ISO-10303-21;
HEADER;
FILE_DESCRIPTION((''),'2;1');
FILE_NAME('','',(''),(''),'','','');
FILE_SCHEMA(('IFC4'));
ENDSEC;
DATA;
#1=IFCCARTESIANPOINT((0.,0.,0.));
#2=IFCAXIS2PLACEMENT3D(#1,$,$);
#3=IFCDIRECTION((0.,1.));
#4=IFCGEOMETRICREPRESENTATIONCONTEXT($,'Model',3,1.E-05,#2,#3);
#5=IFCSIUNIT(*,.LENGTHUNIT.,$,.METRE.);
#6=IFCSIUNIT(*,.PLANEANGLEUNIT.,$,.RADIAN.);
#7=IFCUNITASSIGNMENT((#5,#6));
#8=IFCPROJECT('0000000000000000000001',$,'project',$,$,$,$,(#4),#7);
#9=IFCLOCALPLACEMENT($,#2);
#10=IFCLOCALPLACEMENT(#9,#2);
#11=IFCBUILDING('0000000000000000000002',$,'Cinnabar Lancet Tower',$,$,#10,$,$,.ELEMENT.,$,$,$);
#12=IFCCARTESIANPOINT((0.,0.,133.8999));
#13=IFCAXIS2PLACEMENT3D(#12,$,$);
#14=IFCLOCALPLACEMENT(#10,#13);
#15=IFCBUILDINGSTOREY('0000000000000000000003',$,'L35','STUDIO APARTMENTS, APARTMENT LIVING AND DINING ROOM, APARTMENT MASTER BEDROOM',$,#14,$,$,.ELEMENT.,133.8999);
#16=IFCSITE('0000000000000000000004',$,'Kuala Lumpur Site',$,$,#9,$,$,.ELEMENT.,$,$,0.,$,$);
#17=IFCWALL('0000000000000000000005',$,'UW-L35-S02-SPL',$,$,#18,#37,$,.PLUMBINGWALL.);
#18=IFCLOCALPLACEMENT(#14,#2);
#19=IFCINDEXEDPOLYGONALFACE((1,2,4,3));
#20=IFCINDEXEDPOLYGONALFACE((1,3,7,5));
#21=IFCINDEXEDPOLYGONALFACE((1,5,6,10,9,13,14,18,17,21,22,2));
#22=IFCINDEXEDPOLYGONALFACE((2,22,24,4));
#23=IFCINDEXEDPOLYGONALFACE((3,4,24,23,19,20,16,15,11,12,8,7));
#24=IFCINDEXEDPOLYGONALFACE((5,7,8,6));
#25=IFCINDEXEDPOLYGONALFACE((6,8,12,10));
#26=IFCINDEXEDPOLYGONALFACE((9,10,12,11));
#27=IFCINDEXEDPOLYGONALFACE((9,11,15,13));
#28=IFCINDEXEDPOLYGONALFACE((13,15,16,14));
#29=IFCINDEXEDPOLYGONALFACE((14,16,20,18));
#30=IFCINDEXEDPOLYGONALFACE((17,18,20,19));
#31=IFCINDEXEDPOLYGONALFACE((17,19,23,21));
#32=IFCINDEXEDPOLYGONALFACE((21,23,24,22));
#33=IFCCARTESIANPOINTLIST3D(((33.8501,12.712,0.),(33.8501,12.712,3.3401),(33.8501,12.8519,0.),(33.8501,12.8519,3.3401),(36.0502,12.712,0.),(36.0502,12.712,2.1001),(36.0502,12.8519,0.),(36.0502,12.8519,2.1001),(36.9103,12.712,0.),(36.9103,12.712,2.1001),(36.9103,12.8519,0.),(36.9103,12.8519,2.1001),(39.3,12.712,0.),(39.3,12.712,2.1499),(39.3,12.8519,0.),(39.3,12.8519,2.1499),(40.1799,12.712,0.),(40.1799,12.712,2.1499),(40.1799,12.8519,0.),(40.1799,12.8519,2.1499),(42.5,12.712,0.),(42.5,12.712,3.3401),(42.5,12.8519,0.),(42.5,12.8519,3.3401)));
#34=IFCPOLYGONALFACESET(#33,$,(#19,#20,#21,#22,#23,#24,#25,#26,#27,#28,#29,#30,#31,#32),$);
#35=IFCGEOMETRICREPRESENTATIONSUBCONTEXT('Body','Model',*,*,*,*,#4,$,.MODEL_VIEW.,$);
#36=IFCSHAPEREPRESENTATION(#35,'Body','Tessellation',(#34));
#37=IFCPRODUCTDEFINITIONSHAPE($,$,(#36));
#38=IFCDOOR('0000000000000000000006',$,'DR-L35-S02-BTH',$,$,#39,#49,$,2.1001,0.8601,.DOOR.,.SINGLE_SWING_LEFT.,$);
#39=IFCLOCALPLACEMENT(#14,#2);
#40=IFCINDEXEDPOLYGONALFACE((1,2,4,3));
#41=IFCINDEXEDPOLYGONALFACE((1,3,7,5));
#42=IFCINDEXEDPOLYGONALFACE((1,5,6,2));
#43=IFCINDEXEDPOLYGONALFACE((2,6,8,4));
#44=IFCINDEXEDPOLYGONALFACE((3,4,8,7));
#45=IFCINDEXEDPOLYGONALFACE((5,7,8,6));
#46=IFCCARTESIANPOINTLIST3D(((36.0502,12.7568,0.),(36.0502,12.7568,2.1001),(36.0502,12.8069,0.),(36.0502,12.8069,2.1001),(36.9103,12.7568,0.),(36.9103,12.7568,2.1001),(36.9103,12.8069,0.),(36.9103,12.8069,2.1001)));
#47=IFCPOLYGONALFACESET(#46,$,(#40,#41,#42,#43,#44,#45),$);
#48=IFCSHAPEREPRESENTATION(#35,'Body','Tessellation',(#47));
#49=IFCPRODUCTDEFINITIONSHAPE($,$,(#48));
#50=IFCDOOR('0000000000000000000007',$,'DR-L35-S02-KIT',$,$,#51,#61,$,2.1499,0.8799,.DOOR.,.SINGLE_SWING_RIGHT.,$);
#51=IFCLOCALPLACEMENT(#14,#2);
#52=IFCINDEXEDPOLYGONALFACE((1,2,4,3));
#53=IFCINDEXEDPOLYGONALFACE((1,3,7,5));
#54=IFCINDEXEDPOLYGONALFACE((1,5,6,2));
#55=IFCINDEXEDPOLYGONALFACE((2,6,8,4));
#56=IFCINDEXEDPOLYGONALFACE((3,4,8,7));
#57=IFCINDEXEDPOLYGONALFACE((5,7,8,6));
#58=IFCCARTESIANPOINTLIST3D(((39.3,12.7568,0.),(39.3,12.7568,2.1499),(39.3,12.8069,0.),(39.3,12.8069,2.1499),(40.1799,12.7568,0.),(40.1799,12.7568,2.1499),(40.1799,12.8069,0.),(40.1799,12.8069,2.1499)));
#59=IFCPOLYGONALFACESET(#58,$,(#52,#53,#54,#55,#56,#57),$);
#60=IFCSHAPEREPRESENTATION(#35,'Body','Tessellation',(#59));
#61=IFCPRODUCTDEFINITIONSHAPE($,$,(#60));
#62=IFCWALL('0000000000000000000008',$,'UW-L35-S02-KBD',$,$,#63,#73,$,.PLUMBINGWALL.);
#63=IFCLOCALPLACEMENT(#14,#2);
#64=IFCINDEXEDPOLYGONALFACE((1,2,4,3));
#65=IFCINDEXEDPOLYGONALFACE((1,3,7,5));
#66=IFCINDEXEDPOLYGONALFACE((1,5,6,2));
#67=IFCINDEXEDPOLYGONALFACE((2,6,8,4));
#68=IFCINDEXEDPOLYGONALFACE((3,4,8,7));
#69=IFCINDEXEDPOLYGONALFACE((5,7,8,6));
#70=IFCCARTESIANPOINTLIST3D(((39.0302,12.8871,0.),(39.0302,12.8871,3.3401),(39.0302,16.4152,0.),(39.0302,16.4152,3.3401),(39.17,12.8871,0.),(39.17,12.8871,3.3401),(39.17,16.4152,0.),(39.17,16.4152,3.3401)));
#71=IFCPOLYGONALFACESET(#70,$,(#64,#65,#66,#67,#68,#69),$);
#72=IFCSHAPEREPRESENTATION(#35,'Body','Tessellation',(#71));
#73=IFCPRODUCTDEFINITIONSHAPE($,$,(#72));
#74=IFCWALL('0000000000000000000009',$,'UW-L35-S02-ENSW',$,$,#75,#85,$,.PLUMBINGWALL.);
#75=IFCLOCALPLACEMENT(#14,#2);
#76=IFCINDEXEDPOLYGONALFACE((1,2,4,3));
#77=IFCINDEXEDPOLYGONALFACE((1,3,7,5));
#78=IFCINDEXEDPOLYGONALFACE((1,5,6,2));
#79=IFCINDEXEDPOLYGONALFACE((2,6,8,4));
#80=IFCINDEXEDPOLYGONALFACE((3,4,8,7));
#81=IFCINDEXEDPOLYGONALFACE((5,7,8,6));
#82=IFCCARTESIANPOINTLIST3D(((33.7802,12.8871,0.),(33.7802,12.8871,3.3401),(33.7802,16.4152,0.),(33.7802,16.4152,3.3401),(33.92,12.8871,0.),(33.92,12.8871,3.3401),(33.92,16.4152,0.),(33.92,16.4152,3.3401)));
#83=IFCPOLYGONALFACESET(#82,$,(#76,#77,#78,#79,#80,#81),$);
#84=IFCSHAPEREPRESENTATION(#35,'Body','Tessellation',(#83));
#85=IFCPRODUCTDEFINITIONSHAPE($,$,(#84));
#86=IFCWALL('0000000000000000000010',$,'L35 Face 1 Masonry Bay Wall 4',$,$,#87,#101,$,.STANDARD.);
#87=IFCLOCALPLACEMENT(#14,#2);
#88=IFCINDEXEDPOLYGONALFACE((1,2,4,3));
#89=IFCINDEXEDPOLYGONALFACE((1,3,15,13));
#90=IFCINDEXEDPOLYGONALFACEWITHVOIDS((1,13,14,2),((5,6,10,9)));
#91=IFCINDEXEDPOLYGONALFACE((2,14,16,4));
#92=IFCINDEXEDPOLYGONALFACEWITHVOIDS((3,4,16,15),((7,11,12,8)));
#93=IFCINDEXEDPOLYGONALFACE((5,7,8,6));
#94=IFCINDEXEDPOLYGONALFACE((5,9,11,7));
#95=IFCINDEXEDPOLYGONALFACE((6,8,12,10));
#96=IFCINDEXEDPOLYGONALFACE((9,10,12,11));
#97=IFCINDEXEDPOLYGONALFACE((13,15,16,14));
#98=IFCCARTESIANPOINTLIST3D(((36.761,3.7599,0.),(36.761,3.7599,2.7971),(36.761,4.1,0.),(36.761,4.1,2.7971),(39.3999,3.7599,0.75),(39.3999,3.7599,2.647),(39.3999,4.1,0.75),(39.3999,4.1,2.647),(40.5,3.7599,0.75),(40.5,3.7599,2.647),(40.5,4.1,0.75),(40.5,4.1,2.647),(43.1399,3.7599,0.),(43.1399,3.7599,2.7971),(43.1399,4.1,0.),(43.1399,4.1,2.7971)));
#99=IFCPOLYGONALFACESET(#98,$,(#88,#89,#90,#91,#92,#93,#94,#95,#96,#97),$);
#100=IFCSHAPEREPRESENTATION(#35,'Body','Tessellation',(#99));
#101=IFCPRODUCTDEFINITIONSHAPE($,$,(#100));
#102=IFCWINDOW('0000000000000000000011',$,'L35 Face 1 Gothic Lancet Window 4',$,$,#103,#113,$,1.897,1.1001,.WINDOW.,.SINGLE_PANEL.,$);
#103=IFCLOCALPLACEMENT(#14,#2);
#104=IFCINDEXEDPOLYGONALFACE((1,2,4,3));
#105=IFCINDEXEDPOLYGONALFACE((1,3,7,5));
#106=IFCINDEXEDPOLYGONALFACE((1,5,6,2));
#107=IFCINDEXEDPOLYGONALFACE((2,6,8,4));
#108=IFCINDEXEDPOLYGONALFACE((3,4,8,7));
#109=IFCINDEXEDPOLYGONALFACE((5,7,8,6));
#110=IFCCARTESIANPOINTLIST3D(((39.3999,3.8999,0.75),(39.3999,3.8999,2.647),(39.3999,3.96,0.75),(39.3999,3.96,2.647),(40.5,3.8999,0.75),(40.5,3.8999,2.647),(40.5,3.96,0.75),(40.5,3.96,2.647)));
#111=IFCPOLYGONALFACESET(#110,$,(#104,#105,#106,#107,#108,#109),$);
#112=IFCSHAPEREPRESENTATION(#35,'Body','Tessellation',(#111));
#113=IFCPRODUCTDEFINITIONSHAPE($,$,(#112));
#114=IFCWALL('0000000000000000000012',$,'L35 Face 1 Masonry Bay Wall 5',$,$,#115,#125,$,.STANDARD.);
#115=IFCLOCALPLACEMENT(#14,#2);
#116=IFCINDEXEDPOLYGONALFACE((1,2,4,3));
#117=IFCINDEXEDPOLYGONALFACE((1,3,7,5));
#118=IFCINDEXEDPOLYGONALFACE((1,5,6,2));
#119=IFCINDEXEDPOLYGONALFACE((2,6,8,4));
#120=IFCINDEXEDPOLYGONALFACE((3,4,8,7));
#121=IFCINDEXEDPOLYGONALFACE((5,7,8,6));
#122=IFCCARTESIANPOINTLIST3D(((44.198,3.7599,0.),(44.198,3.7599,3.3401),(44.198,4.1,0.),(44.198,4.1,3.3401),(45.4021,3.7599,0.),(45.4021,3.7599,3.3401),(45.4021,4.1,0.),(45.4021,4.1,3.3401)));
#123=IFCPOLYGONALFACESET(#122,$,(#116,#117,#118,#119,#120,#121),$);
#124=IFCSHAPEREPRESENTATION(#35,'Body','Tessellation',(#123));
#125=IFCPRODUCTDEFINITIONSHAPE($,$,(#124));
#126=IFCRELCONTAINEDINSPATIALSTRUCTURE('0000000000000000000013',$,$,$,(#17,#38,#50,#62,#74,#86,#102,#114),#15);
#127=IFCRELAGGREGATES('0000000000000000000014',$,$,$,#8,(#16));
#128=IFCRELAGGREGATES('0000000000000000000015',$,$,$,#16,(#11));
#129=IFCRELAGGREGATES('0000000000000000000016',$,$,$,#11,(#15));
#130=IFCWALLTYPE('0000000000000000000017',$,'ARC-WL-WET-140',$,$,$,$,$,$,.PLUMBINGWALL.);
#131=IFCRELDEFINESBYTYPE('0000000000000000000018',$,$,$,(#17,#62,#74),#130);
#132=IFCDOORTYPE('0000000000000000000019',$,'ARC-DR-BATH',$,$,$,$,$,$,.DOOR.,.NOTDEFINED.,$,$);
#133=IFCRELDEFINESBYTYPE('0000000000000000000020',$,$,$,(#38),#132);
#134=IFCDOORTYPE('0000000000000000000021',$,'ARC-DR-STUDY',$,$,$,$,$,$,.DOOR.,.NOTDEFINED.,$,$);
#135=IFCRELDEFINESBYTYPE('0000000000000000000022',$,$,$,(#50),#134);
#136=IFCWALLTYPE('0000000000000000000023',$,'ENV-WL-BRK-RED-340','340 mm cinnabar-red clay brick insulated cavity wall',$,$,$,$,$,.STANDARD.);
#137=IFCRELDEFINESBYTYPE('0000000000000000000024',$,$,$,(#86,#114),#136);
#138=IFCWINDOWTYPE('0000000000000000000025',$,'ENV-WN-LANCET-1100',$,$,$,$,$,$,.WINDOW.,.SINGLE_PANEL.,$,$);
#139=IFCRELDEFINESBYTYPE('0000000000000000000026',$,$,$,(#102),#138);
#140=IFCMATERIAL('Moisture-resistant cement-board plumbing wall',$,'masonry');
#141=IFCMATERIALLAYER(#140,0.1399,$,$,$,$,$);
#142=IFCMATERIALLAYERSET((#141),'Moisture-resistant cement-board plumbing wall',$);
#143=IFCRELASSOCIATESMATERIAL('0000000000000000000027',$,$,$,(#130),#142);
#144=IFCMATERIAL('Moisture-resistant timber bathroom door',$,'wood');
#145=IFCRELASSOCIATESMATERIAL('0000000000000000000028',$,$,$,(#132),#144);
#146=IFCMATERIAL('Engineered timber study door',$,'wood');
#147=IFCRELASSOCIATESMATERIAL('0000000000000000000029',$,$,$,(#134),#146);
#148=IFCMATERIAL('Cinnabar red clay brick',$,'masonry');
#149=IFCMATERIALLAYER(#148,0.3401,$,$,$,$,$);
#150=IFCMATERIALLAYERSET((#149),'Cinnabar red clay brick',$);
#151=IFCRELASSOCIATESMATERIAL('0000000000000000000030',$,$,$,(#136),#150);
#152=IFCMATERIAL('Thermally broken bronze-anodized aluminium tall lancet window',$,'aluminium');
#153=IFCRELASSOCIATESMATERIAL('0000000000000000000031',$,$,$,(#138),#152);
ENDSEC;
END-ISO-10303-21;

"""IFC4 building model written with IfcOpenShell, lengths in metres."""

from ifc_helpers import new_model, si_unit, direction, frame, frame_2d, origin, place, context, subcontext, project, spatial, rectangle, extrude, material, layer, layer_set, type_object, element, fill, save


model = new_model("IFC4")

# Units and contexts
model_context = context("Model", 3, precision=1e-05, world=origin(), true_north=direction((0.0, 1.0)))
body_context = subcontext(model_context, "Body", "Model", "MODEL_VIEW")
ifc_project = project(units=[si_unit("LENGTHUNIT", "METRE"), si_unit("PLANEANGLEUNIT", "RADIAN")], contexts=[model_context])

# Site, building, storey
site_placement = place(None, origin())
site = spatial("IfcSite", under=ifc_project, at=site_placement, Name="Kuala Lumpur Site", CompositionType="ELEMENT", RefElevation=0.0)
building_placement = place(site_placement, origin())
building = spatial("IfcBuilding", under=site, at=building_placement, Name="Cinnabar Lancet Tower", CompositionType="ELEMENT")
storey_placement = place(building_placement, frame((0.0, 0.0, 133.8999)))
storey = spatial("IfcBuildingStorey", under=building, at=storey_placement, Name="L35", Description="STUDIO APARTMENTS, APARTMENT LIVING AND DINING ROOM, APARTMENT MASTER BEDROOM", CompositionType="ELEMENT", Elevation=133.8999)

# Wall, openings, doors
ifc_material_1 = material(Name="Moisture-resistant cement-board plumbing wall", Category="masonry")
ifc_layer_1 = layer(ifc_material_1, 0.1399)
ifc_layer_set_1 = layer_set([ifc_layer_1], Name="Moisture-resistant cement-board plumbing wall")
wall_type_1 = type_object("IfcWallType", Name="ARC-WL-WET-140", PredefinedType="PLUMBINGWALL", material=ifc_layer_set_1)
wall_1_placement = place(storey_placement, frame((33.8501, 12.782, 0.0), z_axis=(0.0, 0.0, 1.0), x_axis=(1.0, 0.0, 0.0)))
wall_1 = element("IfcWall", 1, at=wall_1_placement, inside=storey, type_object=wall_type_1, Name="UW-L35-S02-SPL", PredefinedType="PLUMBINGWALL", context=body_context, shape_type="SweptSolid", body=[
    extrude(rectangle(XDim=8.6499, YDim=0.1399, at=frame_2d((4.325, 0.0))), origin(), (0.0, 0.0, 1.0), 3.3401),
])
opening_1_placement = place(wall_1_placement, frame((2.2, 0.0, 0.0)))
opening_1 = element("IfcOpeningElement", 2, at=opening_1_placement, cuts=wall_1, PredefinedType="OPENING", context=body_context, shape_type="SweptSolid", body=[
    extrude(rectangle(XDim=0.8601, YDim=2.1001, at=frame_2d((0.4302, 1.05))), frame((0.0, 0.0798, 0.0), z_axis=(0.0, -1.0, 0.0), x_axis=(1.0, 0.0, 0.0)), (0.0, 0.0, 1.0), 0.1599),
])
opening_2_placement = place(wall_1_placement, frame((5.45, 0.0, 0.0)))
opening_2 = element("IfcOpeningElement", 3, at=opening_2_placement, cuts=wall_1, PredefinedType="OPENING", context=body_context, shape_type="SweptSolid", body=[
    extrude(rectangle(XDim=0.8799, YDim=2.1499, at=frame_2d((0.4399, 1.075))), frame((0.0, 0.0798, 0.0), z_axis=(0.0, -1.0, 0.0), x_axis=(1.0, 0.0, 0.0)), (0.0, 0.0, 1.0), 0.1599),
])
ifc_material_2 = material(Name="Moisture-resistant timber bathroom door", Category="wood")
door_type_1 = type_object("IfcDoorType", Name="ARC-DR-BATH", OperationType="NOTDEFINED", PredefinedType="DOOR", material=ifc_material_2)
door_1_placement = place(opening_1_placement, origin())
door_1 = element("IfcDoor", 4, at=door_1_placement, inside=storey, type_object=door_type_1, Name="DR-L35-S02-BTH", OperationType="SINGLE_SWING_LEFT", OverallHeight=2.1001, OverallWidth=0.8601, PredefinedType="DOOR", context=body_context, shape_type="SweptSolid", body=[
    extrude(rectangle(XDim=0.8601, YDim=2.1001, at=frame_2d((0.4302, 1.05))), frame((0.0, 0.0249, 0.0), z_axis=(0.0, -1.0, 0.0), x_axis=(1.0, 0.0, 0.0)), (0.0, 0.0, 1.0), 0.05),
])
fill(opening_1, door_1)
ifc_material_3 = material(Name="Engineered timber study door", Category="wood")
door_type_2 = type_object("IfcDoorType", Name="ARC-DR-STUDY", OperationType="NOTDEFINED", PredefinedType="DOOR", material=ifc_material_3)
door_2_placement = place(opening_2_placement, origin())
door_2 = element("IfcDoor", 5, at=door_2_placement, inside=storey, type_object=door_type_2, Name="DR-L35-S02-KIT", OperationType="SINGLE_SWING_RIGHT", OverallHeight=2.1499, OverallWidth=0.8799, PredefinedType="DOOR", context=body_context, shape_type="SweptSolid", body=[
    extrude(rectangle(XDim=0.8799, YDim=2.1499, at=frame_2d((0.4399, 1.075))), frame((0.0, 0.0249, 0.0), z_axis=(0.0, -1.0, 0.0), x_axis=(1.0, 0.0, 0.0)), (0.0, 0.0, 1.0), 0.05),
])
fill(opening_2, door_2)

# Walls
for number, where, z_axis, x_axis, name in (
    (6, (39.1001, 12.887, 0.0), (0.0, 0.0, 1.0), (0.0, 1.0, 0.0), "UW-L35-S02-KBD"),
    (7, (33.8501, 12.887, 0.0), (0.0, 0.0, 1.0), (0.0, 1.0, 0.0), "UW-L35-S02-ENSW"),
):
    element("IfcWall", number, at=place(storey_placement, frame(where, z_axis=z_axis, x_axis=x_axis)), inside=storey, type_object=wall_type_1, Name=name, PredefinedType="PLUMBINGWALL", context=body_context, shape_type="SweptSolid", body=[
        extrude(rectangle(XDim=3.5281, YDim=0.1399, at=frame_2d((1.7642, 0.0))), origin(), (0.0, 0.0, 1.0), 3.3401),
    ])

# Wall, opening, window
ifc_material_4 = material(Name="Cinnabar red clay brick", Category="masonry")
ifc_layer_2 = layer(ifc_material_4, 0.3401)
ifc_layer_set_2 = layer_set([ifc_layer_2], Name="Cinnabar red clay brick")
wall_type_2 = type_object("IfcWallType", Name="ENV-WL-BRK-RED-340", Description="340 mm cinnabar-red clay brick insulated cavity wall", PredefinedType="STANDARD", material=ifc_layer_set_2)
wall_2_placement = place(storey_placement, frame((36.761, 3.9299, 0.0), z_axis=(0.0, 0.0, 1.0), x_axis=(1.0, 0.0, 0.0)))
wall_2 = element("IfcWall", 8, at=wall_2_placement, inside=storey, type_object=wall_type_2, Name="L35 Face 1 Masonry Bay Wall 4", PredefinedType="STANDARD", context=body_context, shape_type="SweptSolid", body=[
    extrude(rectangle(XDim=6.3789, YDim=0.3401, at=frame_2d((3.1895, 0.0))), origin(), (0.0, 0.0, 1.0), 2.7971),
])
opening_3_placement = place(wall_2_placement, frame((2.6389, 0.0, 0.75)))
opening_3 = element("IfcOpeningElement", 9, at=opening_3_placement, cuts=wall_2, PredefinedType="OPENING", context=body_context, shape_type="SweptSolid", body=[
    extrude(rectangle(XDim=1.1001, YDim=1.897, at=frame_2d((0.55, 0.9485))), frame((0.0, 0.1799, 0.0), z_axis=(0.0, -1.0, 0.0), x_axis=(1.0, 0.0, 0.0)), (0.0, 0.0, 1.0), 0.3601),
])
ifc_material_5 = material(Name="Thermally broken bronze-anodized aluminium tall lancet window", Category="aluminium")
window_type = type_object("IfcWindowType", Name="ENV-WN-LANCET-1100", PartitioningType="SINGLE_PANEL", PredefinedType="WINDOW", material=ifc_material_5)
window_placement = place(opening_3_placement, origin())
window = element("IfcWindow", 10, at=window_placement, inside=storey, type_object=window_type, Name="L35 Face 1 Gothic Lancet Window 4", OverallHeight=1.897, OverallWidth=1.1001, PartitioningType="SINGLE_PANEL", PredefinedType="WINDOW", context=body_context, shape_type="SweptSolid", body=[
    extrude(rectangle(XDim=1.1001, YDim=1.897, at=frame_2d((0.55, 0.9485))), frame((0.0, 0.03, 0.0), z_axis=(0.0, -1.0, 0.0), x_axis=(1.0, 0.0, 0.0)), (0.0, 0.0, 1.0), 0.0601),
])
fill(opening_3, window)

# Wall
wall_3_placement = place(storey_placement, frame((44.198, 3.9299, 0.0), z_axis=(0.0, 0.0, 1.0), x_axis=(1.0, 0.0, 0.0)))
element("IfcWall", 11, at=wall_3_placement, inside=storey, type_object=wall_type_2, Name="L35 Face 1 Masonry Bay Wall 5", PredefinedType="STANDARD", context=body_context, shape_type="SweptSolid", body=[
    extrude(rectangle(XDim=1.2041, YDim=0.3401, at=frame_2d((0.6021, 0.0))), origin(), (0.0, 0.0, 1.0), 3.3401),
])

save(model, "model.ifc")
